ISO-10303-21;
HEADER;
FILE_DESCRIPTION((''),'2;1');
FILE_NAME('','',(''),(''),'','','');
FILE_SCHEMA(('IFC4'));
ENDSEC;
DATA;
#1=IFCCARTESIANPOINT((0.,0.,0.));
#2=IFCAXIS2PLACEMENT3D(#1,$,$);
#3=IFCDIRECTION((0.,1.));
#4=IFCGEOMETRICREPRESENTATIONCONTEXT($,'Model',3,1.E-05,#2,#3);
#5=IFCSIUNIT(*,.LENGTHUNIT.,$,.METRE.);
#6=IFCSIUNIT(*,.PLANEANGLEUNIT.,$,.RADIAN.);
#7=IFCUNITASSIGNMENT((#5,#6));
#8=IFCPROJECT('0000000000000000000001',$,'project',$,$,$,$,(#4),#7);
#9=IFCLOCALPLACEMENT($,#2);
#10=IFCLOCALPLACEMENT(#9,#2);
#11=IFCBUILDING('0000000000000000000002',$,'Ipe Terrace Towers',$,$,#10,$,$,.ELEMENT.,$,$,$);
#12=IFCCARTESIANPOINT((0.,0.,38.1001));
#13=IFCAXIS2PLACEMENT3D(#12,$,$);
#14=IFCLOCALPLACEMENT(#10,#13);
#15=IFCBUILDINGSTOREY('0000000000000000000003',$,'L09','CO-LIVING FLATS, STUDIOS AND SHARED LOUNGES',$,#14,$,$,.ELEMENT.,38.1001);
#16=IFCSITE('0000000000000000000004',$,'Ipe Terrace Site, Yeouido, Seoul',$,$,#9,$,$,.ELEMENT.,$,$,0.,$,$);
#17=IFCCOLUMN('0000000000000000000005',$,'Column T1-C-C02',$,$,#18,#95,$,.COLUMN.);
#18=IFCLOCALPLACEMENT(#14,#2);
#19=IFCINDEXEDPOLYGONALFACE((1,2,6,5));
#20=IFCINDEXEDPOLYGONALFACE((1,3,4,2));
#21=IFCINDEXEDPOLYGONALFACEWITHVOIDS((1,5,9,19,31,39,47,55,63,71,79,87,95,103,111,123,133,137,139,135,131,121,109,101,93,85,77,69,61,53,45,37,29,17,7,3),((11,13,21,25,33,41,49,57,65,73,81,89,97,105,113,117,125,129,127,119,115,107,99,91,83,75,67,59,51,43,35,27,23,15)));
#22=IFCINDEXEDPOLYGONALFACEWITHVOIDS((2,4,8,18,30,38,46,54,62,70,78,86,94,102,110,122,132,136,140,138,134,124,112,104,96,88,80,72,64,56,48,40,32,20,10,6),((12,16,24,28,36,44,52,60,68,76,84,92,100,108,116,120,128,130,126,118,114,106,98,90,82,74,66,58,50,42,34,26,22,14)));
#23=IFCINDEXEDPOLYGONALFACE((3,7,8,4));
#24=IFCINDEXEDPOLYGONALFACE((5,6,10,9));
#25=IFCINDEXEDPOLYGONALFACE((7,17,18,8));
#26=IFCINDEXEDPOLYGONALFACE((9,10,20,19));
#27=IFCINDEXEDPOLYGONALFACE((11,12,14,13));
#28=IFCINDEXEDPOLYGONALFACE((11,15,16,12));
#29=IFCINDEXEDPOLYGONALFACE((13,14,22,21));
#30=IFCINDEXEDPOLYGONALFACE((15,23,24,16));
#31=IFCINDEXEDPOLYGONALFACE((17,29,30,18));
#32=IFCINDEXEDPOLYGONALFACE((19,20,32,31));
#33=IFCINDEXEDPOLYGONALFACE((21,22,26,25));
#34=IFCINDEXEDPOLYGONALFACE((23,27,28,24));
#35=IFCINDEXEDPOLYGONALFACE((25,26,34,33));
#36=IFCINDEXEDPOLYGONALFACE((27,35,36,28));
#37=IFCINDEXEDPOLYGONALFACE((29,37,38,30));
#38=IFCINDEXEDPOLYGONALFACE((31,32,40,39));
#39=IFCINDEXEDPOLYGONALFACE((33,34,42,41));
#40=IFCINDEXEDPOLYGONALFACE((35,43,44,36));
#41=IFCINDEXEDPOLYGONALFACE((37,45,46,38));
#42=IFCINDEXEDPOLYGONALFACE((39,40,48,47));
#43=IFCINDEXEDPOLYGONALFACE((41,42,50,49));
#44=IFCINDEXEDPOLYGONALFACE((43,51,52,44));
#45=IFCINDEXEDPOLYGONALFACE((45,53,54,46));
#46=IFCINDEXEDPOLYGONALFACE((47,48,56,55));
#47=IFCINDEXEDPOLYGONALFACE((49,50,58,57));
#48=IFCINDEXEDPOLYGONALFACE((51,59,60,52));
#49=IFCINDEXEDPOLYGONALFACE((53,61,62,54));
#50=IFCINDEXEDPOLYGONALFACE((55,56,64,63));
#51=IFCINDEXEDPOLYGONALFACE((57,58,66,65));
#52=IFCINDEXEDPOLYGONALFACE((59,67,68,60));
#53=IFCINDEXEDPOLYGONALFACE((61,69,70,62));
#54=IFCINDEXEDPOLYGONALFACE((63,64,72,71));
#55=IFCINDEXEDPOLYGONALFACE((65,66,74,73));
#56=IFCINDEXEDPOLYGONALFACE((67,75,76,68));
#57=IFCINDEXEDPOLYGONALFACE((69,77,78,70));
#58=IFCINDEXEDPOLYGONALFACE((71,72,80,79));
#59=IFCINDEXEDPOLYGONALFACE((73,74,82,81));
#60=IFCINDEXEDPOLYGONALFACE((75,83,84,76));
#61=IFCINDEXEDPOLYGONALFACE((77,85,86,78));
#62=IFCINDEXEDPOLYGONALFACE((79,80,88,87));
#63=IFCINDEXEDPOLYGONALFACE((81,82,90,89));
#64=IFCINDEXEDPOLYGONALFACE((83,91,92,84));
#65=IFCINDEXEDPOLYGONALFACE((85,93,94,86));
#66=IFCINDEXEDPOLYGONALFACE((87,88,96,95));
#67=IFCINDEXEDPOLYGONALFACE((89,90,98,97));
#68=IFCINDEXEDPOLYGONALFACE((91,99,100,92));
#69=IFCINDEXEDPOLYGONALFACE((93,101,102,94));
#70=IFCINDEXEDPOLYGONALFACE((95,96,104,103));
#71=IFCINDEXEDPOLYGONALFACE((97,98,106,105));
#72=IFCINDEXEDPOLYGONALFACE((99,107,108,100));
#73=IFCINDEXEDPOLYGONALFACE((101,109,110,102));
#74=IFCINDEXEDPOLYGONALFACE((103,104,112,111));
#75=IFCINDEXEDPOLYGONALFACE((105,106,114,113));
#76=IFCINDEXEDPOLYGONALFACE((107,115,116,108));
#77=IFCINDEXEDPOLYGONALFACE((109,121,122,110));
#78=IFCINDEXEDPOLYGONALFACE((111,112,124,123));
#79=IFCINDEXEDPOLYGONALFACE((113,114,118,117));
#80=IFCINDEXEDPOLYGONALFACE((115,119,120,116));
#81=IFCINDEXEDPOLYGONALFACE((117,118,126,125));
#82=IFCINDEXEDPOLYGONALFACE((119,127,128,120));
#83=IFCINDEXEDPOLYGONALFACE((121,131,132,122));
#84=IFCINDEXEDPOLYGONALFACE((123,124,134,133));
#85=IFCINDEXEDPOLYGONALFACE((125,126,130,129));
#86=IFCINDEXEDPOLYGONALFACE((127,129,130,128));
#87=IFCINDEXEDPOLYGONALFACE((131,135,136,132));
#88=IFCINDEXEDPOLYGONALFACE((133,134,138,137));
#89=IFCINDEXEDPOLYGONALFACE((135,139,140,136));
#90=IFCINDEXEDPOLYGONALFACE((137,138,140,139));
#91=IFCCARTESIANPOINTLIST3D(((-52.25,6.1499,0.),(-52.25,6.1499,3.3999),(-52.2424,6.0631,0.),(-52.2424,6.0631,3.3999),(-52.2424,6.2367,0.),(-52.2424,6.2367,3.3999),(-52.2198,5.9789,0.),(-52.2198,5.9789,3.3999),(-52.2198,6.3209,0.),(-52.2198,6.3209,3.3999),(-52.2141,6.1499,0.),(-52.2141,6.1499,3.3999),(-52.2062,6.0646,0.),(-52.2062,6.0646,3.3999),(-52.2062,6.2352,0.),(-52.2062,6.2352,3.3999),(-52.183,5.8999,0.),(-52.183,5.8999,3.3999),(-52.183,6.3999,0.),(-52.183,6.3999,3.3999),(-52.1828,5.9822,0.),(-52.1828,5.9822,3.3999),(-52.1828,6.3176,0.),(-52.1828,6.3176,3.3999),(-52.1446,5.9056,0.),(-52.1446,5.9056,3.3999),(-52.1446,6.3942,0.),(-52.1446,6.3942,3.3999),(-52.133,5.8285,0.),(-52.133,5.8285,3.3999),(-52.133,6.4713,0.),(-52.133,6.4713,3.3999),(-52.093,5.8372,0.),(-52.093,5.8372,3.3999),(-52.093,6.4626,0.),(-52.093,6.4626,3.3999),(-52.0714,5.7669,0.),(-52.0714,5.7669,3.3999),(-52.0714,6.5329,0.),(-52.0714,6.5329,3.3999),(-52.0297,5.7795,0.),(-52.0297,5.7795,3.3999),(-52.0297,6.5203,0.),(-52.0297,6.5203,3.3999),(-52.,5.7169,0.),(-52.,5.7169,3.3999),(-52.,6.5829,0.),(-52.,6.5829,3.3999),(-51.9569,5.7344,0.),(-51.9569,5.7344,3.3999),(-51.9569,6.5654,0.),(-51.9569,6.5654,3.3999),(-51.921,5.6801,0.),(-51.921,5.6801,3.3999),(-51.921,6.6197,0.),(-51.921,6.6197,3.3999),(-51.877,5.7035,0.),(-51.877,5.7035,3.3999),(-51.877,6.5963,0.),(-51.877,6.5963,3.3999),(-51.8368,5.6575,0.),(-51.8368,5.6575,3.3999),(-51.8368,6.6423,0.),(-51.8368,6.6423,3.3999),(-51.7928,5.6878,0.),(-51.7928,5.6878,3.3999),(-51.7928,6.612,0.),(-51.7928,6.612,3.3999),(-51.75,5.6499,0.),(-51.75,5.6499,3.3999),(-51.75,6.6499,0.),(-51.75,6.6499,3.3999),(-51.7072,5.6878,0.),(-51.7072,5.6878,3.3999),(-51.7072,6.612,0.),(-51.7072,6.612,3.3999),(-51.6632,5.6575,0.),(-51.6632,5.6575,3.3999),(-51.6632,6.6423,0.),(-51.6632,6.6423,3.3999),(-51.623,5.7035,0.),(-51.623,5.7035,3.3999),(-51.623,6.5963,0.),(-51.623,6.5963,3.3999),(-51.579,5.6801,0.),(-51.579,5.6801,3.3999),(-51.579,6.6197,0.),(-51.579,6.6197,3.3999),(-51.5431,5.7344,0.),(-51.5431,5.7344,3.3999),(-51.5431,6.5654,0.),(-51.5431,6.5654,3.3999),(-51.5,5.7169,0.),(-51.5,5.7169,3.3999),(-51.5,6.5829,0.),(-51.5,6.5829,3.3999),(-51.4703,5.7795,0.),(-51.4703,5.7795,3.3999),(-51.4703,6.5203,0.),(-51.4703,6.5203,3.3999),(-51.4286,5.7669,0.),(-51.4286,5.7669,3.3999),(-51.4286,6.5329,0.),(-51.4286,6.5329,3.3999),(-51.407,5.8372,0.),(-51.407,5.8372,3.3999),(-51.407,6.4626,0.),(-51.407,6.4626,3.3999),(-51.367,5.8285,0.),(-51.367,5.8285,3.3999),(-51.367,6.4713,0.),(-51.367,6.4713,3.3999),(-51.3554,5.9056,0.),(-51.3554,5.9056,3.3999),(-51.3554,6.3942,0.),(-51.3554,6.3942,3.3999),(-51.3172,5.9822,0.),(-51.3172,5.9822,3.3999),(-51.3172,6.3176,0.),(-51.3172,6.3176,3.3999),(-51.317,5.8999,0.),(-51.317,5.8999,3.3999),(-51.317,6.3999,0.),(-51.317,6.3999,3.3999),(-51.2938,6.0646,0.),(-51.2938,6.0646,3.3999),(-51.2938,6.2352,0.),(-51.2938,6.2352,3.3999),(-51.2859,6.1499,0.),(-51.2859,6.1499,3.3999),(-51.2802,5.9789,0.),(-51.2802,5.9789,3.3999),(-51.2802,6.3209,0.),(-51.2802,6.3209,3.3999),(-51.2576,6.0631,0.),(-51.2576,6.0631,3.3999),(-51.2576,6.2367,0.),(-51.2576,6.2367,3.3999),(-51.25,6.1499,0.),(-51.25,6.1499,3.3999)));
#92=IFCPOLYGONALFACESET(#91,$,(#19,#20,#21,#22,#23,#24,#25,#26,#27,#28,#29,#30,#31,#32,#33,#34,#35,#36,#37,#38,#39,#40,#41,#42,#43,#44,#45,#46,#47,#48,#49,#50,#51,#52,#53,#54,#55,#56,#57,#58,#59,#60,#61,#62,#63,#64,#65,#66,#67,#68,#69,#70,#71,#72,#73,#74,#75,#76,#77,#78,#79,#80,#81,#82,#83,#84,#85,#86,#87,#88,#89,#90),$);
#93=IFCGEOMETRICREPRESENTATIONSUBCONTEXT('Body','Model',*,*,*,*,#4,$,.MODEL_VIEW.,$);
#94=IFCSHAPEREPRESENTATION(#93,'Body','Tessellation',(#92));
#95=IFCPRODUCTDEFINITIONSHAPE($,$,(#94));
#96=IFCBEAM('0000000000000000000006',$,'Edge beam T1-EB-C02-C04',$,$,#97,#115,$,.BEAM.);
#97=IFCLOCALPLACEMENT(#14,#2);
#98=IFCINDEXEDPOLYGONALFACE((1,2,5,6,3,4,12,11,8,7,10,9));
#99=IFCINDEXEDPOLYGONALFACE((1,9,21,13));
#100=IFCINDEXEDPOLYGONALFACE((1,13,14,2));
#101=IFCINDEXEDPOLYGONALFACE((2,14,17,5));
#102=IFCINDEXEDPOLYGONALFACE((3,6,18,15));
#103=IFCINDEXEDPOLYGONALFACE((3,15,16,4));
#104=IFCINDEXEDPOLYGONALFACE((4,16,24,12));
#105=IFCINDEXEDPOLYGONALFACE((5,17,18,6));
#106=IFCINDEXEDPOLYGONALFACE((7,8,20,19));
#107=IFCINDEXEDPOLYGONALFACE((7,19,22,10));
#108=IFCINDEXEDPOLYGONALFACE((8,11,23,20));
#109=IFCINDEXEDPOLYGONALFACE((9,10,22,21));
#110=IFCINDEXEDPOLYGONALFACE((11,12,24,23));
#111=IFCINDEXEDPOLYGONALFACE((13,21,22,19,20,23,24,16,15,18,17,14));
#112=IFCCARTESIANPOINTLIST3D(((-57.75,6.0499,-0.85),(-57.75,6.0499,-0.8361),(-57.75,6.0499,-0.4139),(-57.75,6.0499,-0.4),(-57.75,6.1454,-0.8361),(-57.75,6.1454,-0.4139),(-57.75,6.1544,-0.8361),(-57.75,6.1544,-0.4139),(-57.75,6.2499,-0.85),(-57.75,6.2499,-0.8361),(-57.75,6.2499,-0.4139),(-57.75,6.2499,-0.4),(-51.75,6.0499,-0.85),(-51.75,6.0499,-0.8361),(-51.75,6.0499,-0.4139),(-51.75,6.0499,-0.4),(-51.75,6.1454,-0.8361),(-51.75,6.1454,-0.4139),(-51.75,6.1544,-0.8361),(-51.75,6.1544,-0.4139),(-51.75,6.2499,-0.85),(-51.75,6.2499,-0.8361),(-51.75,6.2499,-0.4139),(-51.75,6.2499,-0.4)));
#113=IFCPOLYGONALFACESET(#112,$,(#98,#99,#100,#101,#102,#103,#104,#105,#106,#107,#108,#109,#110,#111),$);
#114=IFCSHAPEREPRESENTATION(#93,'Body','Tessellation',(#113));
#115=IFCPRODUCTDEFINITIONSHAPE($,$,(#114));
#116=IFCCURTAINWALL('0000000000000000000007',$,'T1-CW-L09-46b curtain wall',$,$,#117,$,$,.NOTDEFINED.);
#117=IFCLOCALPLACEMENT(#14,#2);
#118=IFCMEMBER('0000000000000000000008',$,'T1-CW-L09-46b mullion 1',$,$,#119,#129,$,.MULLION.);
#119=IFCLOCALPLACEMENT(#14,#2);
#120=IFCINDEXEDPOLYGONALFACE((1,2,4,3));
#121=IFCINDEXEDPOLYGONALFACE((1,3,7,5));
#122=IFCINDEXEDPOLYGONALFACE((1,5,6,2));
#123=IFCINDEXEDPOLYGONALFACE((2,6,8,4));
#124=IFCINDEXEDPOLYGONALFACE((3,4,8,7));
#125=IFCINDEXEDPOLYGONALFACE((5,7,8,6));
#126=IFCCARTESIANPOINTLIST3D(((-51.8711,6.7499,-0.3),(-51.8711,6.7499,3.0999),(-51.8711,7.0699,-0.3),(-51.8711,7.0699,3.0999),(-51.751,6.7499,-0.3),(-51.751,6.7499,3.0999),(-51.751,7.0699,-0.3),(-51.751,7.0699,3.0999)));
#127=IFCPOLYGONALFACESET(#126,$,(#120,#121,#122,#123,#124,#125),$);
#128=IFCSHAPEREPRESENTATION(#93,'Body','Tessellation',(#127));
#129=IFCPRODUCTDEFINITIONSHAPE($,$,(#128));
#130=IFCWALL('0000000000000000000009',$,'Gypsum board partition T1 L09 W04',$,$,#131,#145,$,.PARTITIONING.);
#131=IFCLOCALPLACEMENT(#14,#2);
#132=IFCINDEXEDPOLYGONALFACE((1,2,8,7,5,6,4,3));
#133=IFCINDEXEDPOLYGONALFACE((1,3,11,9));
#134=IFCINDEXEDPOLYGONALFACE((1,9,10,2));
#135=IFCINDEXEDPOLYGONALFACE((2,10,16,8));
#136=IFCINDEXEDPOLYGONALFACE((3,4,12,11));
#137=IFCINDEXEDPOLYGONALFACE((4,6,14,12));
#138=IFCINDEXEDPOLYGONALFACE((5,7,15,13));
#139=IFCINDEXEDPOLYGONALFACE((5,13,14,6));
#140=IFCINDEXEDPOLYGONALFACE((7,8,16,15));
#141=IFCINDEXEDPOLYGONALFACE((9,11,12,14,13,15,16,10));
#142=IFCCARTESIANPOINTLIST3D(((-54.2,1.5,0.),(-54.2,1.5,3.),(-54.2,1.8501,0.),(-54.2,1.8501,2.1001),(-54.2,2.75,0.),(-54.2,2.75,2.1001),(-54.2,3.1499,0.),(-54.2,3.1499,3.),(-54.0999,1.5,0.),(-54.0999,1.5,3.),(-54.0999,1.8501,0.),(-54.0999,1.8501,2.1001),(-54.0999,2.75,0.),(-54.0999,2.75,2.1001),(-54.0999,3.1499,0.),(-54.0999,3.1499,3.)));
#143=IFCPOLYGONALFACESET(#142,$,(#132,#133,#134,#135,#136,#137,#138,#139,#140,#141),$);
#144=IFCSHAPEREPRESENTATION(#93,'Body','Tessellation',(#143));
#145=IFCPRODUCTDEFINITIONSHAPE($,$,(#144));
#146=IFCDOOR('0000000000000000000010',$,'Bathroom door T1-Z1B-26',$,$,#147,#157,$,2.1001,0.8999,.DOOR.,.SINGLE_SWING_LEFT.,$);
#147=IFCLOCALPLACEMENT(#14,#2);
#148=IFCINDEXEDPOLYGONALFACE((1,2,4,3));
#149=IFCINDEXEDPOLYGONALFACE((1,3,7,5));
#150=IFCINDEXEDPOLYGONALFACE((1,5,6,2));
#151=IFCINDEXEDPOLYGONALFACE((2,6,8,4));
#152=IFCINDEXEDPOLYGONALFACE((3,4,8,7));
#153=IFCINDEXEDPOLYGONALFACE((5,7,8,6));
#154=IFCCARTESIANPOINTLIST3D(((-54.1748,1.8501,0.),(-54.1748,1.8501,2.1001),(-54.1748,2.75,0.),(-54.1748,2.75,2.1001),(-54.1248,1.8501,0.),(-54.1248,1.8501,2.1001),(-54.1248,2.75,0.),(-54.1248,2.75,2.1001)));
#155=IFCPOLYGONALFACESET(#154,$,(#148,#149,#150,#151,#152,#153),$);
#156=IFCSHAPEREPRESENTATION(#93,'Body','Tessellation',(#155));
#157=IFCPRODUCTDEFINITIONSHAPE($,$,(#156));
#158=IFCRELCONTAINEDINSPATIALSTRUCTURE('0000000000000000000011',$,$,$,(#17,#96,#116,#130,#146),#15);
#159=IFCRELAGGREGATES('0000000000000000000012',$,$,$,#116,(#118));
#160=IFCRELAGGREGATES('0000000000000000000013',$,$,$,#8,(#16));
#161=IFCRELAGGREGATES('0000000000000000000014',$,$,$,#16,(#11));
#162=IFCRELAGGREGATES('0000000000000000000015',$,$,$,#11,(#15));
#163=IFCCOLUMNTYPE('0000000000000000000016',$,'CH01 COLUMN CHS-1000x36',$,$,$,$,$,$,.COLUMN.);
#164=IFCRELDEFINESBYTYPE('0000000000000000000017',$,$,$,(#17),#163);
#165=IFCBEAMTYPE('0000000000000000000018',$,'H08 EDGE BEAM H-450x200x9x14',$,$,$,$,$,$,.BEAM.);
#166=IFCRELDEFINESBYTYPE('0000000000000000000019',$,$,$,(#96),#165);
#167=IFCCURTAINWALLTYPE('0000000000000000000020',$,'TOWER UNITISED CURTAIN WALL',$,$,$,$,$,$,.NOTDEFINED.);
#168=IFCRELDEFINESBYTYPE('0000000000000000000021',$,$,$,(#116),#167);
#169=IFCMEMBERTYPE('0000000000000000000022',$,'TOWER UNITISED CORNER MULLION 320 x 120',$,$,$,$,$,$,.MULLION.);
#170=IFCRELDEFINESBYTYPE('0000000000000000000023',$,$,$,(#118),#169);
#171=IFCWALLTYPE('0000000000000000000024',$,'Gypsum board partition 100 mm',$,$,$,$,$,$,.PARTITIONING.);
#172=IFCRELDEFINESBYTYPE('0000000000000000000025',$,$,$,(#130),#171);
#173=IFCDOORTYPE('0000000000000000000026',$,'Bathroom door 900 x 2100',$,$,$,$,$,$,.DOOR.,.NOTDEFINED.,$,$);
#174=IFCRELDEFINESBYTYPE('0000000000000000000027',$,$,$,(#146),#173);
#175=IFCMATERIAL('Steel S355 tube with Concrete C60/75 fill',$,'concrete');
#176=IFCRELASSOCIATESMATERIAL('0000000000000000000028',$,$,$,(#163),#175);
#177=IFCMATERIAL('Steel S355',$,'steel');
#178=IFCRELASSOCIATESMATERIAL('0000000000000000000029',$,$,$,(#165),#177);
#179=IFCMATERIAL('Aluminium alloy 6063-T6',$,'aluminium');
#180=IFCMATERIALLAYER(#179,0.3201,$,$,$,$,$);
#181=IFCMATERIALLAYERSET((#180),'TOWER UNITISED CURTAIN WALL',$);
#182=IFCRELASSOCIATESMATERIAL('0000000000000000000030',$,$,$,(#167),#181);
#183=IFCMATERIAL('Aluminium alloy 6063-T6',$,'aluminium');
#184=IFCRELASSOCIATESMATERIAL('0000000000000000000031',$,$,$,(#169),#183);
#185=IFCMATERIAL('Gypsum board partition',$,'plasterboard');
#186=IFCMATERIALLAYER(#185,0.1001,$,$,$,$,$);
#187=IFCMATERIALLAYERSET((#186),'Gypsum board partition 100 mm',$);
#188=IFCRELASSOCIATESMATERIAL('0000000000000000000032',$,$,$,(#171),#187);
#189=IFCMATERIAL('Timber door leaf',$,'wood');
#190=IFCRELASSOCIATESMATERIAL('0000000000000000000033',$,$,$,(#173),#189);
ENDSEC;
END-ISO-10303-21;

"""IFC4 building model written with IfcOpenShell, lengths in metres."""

from ifc_helpers import new_model, si_unit, direction, frame, frame_2d, origin, origin_2d, place, context, subcontext, project, spatial, rectangle, hollow_circle, i_section, extrude, material, layer, layer_set, material_profile, profile_set, type_object, element, fill, aggregate, save


model = new_model("IFC4")

# Units and contexts
model_context = context("Model", 3, precision=1e-05, world=origin(), true_north=direction((0.0, 1.0)))
body_context = subcontext(model_context, "Body", "Model", "MODEL_VIEW")
ifc_project = project(units=[si_unit("LENGTHUNIT", "METRE"), si_unit("PLANEANGLEUNIT", "RADIAN")], contexts=[model_context])

# Site, building, storey
site_placement = place(None, origin())
site = spatial("IfcSite", under=ifc_project, at=site_placement, Name="Ipe Terrace Site, Yeouido, Seoul", CompositionType="ELEMENT", RefElevation=0.0)
building_placement = place(site_placement, origin())
building = spatial("IfcBuilding", under=site, at=building_placement, Name="Ipe Terrace Towers", CompositionType="ELEMENT")
storey_placement = place(building_placement, frame((0.0, 0.0, 38.1001)))
storey = spatial("IfcBuildingStorey", under=building, at=storey_placement, Name="L09", Description="CO-LIVING FLATS, STUDIOS AND SHARED LOUNGES", CompositionType="ELEMENT", Elevation=38.1001)

# Column
ifc_material_1 = material(Name="Steel S355 tube with Concrete C60/75 fill", Category="concrete")
ifc_material_profile_1 = material_profile(ifc_material_1, hollow_circle(Radius=0.5, WallThickness=0.0359, at=origin_2d()), Name="CHS-1000x36")
ifc_profile_set_1 = profile_set([ifc_material_profile_1], Name="Steel S355 tube with Concrete C60/75 fill")
column_type = type_object("IfcColumnType", Name="CH01 COLUMN CHS-1000x36", PredefinedType="COLUMN", material=ifc_profile_set_1)
column_placement = place(storey_placement, frame((-51.75, 6.1499, 0.0), z_axis=(0.0, 0.0, 1.0), x_axis=(1.0, 0.0, 0.0)))
element("IfcColumn", 1, at=column_placement, inside=storey, type_object=column_type, Name="Column T1-C-C02", PredefinedType="COLUMN", context=body_context, shape_type="SweptSolid", body=[
    extrude(hollow_circle(Radius=0.5, WallThickness=0.0359, at=origin_2d()), origin(), (0.0, 0.0, 1.0), 3.3999),
])

# Beam
ifc_material_2 = material(Name="Steel S355", Category="steel")
ifc_material_profile_2 = material_profile(ifc_material_2, i_section(OverallWidth=0.2, OverallDepth=0.45, WebThickness=0.009, FlangeThickness=0.0139, at=origin_2d()), Name="H-450x200x9x14")
ifc_profile_set_2 = profile_set([ifc_material_profile_2], Name="Steel S355")
beam_type = type_object("IfcBeamType", Name="H08 EDGE BEAM H-450x200x9x14", PredefinedType="BEAM", material=ifc_profile_set_2)
beam_placement = place(storey_placement, frame((-51.75, 6.1499, -0.625), z_axis=(-1.0, 0.0, 0.0), x_axis=(0.0, -1.0, 0.0)))
element("IfcBeam", 2, at=beam_placement, inside=storey, type_object=beam_type, Name="Edge beam T1-EB-C02-C04", PredefinedType="BEAM", context=body_context, shape_type="SweptSolid", body=[
    extrude(i_section(OverallWidth=0.2, OverallDepth=0.45, WebThickness=0.009, FlangeThickness=0.0139, at=origin_2d()), origin(), (0.0, 0.0, 1.0), 6.0),
])

# Curtain wall, member
ifc_material_3 = material(Name="Aluminium alloy 6063-T6", Category="aluminium")
ifc_layer_1 = layer(ifc_material_3, 0.3201)
ifc_layer_set_1 = layer_set([ifc_layer_1], Name="TOWER UNITISED CURTAIN WALL")
curtain_wall_type = type_object("IfcCurtainWallType", Name="TOWER UNITISED CURTAIN WALL", PredefinedType="NOTDEFINED", material=ifc_layer_set_1)
curtain_wall_placement = place(storey_placement, origin())
curtain_wall = element("IfcCurtainWall", 3, at=curtain_wall_placement, inside=storey, type_object=curtain_wall_type, Name="T1-CW-L09-46b curtain wall", PredefinedType="NOTDEFINED")
ifc_material_4 = material(Name="Aluminium alloy 6063-T6", Category="aluminium")
ifc_material_profile_3 = material_profile(ifc_material_4, rectangle(XDim=0.3201, YDim=0.1201, at=origin_2d()), Name="TOWER UNITISED CORNER MULLION 320 x 120")
ifc_profile_set_3 = profile_set([ifc_material_profile_3], Name="Aluminium alloy 6063-T6")
member_type = type_object("IfcMemberType", Name="TOWER UNITISED CORNER MULLION 320 x 120", PredefinedType="MULLION", material=ifc_profile_set_3)
member_placement = place(storey_placement, frame((-51.811, 6.9099, -0.3), z_axis=(0.0, 0.0, 1.0), x_axis=(0.0, 1.0, 0.0)))
member = element("IfcMember", 4, at=member_placement, type_object=member_type, Name="T1-CW-L09-46b mullion 1", PredefinedType="MULLION", context=body_context, shape_type="SweptSolid", body=[
    extrude(rectangle(XDim=0.3201, YDim=0.1201, at=origin_2d()), origin(), (0.0, 0.0, 1.0), 3.3999),
])
aggregate(curtain_wall, [member])

# Wall, opening, door
ifc_material_5 = material(Name="Gypsum board partition", Category="plasterboard")
ifc_layer_2 = layer(ifc_material_5, 0.1001)
ifc_layer_set_2 = layer_set([ifc_layer_2], Name="Gypsum board partition 100 mm")
wall_type_1 = type_object("IfcWallType", Name="Gypsum board partition 100 mm", PredefinedType="PARTITIONING", material=ifc_layer_set_2)
wall_1_placement = place(storey_placement, frame((-54.1499, 1.5, 0.0), z_axis=(0.0, 0.0, 1.0), x_axis=(0.0, 1.0, 0.0)))
wall_1 = element("IfcWall", 5, at=wall_1_placement, inside=storey, type_object=wall_type_1, Name="Gypsum board partition T1 L09 W04", PredefinedType="PARTITIONING", context=body_context, shape_type="SweptSolid", body=[
    extrude(rectangle(XDim=1.6499, YDim=0.1001, at=frame_2d((0.825, 0.0))), origin(), (0.0, 0.0, 1.0), 3.0),
])
opening_1_placement = place(wall_1_placement, frame((0.3501, 0.0, 0.0)))
opening_1 = element("IfcOpeningElement", 6, at=opening_1_placement, cuts=wall_1, PredefinedType="OPENING", context=body_context, shape_type="SweptSolid", body=[
    extrude(rectangle(XDim=0.8999, YDim=2.1001, at=frame_2d((0.45, 1.05))), frame((0.0, 0.0601, 0.0), z_axis=(0.0, -1.0, 0.0), x_axis=(1.0, 0.0, 0.0)), (0.0, 0.0, 1.0), 0.1201),
])
ifc_material_6 = material(Name="Timber door leaf", Category="wood")
door_type_1 = type_object("IfcDoorType", Name="Bathroom door 900 x 2100", OperationType="NOTDEFINED", PredefinedType="DOOR", material=ifc_material_6)
door_1_placement = place(opening_1_placement, origin())
door_1 = element("IfcDoor", 7, at=door_1_placement, inside=storey, type_object=door_type_1, Name="Bathroom door T1-Z1B-26", OperationType="SINGLE_SWING_LEFT", OverallHeight=2.1001, OverallWidth=0.8999, PredefinedType="DOOR", context=body_context, shape_type="SweptSolid", body=[
    extrude(rectangle(XDim=0.8999, YDim=2.1001, at=frame_2d((0.45, 1.05))), frame((0.0, 0.0249, 0.0), z_axis=(0.0, -1.0, 0.0), x_axis=(1.0, 0.0, 0.0)), (0.0, 0.0, 1.0), 0.05),
])
fill(opening_1, door_1)

save(model, "model.ifc")
